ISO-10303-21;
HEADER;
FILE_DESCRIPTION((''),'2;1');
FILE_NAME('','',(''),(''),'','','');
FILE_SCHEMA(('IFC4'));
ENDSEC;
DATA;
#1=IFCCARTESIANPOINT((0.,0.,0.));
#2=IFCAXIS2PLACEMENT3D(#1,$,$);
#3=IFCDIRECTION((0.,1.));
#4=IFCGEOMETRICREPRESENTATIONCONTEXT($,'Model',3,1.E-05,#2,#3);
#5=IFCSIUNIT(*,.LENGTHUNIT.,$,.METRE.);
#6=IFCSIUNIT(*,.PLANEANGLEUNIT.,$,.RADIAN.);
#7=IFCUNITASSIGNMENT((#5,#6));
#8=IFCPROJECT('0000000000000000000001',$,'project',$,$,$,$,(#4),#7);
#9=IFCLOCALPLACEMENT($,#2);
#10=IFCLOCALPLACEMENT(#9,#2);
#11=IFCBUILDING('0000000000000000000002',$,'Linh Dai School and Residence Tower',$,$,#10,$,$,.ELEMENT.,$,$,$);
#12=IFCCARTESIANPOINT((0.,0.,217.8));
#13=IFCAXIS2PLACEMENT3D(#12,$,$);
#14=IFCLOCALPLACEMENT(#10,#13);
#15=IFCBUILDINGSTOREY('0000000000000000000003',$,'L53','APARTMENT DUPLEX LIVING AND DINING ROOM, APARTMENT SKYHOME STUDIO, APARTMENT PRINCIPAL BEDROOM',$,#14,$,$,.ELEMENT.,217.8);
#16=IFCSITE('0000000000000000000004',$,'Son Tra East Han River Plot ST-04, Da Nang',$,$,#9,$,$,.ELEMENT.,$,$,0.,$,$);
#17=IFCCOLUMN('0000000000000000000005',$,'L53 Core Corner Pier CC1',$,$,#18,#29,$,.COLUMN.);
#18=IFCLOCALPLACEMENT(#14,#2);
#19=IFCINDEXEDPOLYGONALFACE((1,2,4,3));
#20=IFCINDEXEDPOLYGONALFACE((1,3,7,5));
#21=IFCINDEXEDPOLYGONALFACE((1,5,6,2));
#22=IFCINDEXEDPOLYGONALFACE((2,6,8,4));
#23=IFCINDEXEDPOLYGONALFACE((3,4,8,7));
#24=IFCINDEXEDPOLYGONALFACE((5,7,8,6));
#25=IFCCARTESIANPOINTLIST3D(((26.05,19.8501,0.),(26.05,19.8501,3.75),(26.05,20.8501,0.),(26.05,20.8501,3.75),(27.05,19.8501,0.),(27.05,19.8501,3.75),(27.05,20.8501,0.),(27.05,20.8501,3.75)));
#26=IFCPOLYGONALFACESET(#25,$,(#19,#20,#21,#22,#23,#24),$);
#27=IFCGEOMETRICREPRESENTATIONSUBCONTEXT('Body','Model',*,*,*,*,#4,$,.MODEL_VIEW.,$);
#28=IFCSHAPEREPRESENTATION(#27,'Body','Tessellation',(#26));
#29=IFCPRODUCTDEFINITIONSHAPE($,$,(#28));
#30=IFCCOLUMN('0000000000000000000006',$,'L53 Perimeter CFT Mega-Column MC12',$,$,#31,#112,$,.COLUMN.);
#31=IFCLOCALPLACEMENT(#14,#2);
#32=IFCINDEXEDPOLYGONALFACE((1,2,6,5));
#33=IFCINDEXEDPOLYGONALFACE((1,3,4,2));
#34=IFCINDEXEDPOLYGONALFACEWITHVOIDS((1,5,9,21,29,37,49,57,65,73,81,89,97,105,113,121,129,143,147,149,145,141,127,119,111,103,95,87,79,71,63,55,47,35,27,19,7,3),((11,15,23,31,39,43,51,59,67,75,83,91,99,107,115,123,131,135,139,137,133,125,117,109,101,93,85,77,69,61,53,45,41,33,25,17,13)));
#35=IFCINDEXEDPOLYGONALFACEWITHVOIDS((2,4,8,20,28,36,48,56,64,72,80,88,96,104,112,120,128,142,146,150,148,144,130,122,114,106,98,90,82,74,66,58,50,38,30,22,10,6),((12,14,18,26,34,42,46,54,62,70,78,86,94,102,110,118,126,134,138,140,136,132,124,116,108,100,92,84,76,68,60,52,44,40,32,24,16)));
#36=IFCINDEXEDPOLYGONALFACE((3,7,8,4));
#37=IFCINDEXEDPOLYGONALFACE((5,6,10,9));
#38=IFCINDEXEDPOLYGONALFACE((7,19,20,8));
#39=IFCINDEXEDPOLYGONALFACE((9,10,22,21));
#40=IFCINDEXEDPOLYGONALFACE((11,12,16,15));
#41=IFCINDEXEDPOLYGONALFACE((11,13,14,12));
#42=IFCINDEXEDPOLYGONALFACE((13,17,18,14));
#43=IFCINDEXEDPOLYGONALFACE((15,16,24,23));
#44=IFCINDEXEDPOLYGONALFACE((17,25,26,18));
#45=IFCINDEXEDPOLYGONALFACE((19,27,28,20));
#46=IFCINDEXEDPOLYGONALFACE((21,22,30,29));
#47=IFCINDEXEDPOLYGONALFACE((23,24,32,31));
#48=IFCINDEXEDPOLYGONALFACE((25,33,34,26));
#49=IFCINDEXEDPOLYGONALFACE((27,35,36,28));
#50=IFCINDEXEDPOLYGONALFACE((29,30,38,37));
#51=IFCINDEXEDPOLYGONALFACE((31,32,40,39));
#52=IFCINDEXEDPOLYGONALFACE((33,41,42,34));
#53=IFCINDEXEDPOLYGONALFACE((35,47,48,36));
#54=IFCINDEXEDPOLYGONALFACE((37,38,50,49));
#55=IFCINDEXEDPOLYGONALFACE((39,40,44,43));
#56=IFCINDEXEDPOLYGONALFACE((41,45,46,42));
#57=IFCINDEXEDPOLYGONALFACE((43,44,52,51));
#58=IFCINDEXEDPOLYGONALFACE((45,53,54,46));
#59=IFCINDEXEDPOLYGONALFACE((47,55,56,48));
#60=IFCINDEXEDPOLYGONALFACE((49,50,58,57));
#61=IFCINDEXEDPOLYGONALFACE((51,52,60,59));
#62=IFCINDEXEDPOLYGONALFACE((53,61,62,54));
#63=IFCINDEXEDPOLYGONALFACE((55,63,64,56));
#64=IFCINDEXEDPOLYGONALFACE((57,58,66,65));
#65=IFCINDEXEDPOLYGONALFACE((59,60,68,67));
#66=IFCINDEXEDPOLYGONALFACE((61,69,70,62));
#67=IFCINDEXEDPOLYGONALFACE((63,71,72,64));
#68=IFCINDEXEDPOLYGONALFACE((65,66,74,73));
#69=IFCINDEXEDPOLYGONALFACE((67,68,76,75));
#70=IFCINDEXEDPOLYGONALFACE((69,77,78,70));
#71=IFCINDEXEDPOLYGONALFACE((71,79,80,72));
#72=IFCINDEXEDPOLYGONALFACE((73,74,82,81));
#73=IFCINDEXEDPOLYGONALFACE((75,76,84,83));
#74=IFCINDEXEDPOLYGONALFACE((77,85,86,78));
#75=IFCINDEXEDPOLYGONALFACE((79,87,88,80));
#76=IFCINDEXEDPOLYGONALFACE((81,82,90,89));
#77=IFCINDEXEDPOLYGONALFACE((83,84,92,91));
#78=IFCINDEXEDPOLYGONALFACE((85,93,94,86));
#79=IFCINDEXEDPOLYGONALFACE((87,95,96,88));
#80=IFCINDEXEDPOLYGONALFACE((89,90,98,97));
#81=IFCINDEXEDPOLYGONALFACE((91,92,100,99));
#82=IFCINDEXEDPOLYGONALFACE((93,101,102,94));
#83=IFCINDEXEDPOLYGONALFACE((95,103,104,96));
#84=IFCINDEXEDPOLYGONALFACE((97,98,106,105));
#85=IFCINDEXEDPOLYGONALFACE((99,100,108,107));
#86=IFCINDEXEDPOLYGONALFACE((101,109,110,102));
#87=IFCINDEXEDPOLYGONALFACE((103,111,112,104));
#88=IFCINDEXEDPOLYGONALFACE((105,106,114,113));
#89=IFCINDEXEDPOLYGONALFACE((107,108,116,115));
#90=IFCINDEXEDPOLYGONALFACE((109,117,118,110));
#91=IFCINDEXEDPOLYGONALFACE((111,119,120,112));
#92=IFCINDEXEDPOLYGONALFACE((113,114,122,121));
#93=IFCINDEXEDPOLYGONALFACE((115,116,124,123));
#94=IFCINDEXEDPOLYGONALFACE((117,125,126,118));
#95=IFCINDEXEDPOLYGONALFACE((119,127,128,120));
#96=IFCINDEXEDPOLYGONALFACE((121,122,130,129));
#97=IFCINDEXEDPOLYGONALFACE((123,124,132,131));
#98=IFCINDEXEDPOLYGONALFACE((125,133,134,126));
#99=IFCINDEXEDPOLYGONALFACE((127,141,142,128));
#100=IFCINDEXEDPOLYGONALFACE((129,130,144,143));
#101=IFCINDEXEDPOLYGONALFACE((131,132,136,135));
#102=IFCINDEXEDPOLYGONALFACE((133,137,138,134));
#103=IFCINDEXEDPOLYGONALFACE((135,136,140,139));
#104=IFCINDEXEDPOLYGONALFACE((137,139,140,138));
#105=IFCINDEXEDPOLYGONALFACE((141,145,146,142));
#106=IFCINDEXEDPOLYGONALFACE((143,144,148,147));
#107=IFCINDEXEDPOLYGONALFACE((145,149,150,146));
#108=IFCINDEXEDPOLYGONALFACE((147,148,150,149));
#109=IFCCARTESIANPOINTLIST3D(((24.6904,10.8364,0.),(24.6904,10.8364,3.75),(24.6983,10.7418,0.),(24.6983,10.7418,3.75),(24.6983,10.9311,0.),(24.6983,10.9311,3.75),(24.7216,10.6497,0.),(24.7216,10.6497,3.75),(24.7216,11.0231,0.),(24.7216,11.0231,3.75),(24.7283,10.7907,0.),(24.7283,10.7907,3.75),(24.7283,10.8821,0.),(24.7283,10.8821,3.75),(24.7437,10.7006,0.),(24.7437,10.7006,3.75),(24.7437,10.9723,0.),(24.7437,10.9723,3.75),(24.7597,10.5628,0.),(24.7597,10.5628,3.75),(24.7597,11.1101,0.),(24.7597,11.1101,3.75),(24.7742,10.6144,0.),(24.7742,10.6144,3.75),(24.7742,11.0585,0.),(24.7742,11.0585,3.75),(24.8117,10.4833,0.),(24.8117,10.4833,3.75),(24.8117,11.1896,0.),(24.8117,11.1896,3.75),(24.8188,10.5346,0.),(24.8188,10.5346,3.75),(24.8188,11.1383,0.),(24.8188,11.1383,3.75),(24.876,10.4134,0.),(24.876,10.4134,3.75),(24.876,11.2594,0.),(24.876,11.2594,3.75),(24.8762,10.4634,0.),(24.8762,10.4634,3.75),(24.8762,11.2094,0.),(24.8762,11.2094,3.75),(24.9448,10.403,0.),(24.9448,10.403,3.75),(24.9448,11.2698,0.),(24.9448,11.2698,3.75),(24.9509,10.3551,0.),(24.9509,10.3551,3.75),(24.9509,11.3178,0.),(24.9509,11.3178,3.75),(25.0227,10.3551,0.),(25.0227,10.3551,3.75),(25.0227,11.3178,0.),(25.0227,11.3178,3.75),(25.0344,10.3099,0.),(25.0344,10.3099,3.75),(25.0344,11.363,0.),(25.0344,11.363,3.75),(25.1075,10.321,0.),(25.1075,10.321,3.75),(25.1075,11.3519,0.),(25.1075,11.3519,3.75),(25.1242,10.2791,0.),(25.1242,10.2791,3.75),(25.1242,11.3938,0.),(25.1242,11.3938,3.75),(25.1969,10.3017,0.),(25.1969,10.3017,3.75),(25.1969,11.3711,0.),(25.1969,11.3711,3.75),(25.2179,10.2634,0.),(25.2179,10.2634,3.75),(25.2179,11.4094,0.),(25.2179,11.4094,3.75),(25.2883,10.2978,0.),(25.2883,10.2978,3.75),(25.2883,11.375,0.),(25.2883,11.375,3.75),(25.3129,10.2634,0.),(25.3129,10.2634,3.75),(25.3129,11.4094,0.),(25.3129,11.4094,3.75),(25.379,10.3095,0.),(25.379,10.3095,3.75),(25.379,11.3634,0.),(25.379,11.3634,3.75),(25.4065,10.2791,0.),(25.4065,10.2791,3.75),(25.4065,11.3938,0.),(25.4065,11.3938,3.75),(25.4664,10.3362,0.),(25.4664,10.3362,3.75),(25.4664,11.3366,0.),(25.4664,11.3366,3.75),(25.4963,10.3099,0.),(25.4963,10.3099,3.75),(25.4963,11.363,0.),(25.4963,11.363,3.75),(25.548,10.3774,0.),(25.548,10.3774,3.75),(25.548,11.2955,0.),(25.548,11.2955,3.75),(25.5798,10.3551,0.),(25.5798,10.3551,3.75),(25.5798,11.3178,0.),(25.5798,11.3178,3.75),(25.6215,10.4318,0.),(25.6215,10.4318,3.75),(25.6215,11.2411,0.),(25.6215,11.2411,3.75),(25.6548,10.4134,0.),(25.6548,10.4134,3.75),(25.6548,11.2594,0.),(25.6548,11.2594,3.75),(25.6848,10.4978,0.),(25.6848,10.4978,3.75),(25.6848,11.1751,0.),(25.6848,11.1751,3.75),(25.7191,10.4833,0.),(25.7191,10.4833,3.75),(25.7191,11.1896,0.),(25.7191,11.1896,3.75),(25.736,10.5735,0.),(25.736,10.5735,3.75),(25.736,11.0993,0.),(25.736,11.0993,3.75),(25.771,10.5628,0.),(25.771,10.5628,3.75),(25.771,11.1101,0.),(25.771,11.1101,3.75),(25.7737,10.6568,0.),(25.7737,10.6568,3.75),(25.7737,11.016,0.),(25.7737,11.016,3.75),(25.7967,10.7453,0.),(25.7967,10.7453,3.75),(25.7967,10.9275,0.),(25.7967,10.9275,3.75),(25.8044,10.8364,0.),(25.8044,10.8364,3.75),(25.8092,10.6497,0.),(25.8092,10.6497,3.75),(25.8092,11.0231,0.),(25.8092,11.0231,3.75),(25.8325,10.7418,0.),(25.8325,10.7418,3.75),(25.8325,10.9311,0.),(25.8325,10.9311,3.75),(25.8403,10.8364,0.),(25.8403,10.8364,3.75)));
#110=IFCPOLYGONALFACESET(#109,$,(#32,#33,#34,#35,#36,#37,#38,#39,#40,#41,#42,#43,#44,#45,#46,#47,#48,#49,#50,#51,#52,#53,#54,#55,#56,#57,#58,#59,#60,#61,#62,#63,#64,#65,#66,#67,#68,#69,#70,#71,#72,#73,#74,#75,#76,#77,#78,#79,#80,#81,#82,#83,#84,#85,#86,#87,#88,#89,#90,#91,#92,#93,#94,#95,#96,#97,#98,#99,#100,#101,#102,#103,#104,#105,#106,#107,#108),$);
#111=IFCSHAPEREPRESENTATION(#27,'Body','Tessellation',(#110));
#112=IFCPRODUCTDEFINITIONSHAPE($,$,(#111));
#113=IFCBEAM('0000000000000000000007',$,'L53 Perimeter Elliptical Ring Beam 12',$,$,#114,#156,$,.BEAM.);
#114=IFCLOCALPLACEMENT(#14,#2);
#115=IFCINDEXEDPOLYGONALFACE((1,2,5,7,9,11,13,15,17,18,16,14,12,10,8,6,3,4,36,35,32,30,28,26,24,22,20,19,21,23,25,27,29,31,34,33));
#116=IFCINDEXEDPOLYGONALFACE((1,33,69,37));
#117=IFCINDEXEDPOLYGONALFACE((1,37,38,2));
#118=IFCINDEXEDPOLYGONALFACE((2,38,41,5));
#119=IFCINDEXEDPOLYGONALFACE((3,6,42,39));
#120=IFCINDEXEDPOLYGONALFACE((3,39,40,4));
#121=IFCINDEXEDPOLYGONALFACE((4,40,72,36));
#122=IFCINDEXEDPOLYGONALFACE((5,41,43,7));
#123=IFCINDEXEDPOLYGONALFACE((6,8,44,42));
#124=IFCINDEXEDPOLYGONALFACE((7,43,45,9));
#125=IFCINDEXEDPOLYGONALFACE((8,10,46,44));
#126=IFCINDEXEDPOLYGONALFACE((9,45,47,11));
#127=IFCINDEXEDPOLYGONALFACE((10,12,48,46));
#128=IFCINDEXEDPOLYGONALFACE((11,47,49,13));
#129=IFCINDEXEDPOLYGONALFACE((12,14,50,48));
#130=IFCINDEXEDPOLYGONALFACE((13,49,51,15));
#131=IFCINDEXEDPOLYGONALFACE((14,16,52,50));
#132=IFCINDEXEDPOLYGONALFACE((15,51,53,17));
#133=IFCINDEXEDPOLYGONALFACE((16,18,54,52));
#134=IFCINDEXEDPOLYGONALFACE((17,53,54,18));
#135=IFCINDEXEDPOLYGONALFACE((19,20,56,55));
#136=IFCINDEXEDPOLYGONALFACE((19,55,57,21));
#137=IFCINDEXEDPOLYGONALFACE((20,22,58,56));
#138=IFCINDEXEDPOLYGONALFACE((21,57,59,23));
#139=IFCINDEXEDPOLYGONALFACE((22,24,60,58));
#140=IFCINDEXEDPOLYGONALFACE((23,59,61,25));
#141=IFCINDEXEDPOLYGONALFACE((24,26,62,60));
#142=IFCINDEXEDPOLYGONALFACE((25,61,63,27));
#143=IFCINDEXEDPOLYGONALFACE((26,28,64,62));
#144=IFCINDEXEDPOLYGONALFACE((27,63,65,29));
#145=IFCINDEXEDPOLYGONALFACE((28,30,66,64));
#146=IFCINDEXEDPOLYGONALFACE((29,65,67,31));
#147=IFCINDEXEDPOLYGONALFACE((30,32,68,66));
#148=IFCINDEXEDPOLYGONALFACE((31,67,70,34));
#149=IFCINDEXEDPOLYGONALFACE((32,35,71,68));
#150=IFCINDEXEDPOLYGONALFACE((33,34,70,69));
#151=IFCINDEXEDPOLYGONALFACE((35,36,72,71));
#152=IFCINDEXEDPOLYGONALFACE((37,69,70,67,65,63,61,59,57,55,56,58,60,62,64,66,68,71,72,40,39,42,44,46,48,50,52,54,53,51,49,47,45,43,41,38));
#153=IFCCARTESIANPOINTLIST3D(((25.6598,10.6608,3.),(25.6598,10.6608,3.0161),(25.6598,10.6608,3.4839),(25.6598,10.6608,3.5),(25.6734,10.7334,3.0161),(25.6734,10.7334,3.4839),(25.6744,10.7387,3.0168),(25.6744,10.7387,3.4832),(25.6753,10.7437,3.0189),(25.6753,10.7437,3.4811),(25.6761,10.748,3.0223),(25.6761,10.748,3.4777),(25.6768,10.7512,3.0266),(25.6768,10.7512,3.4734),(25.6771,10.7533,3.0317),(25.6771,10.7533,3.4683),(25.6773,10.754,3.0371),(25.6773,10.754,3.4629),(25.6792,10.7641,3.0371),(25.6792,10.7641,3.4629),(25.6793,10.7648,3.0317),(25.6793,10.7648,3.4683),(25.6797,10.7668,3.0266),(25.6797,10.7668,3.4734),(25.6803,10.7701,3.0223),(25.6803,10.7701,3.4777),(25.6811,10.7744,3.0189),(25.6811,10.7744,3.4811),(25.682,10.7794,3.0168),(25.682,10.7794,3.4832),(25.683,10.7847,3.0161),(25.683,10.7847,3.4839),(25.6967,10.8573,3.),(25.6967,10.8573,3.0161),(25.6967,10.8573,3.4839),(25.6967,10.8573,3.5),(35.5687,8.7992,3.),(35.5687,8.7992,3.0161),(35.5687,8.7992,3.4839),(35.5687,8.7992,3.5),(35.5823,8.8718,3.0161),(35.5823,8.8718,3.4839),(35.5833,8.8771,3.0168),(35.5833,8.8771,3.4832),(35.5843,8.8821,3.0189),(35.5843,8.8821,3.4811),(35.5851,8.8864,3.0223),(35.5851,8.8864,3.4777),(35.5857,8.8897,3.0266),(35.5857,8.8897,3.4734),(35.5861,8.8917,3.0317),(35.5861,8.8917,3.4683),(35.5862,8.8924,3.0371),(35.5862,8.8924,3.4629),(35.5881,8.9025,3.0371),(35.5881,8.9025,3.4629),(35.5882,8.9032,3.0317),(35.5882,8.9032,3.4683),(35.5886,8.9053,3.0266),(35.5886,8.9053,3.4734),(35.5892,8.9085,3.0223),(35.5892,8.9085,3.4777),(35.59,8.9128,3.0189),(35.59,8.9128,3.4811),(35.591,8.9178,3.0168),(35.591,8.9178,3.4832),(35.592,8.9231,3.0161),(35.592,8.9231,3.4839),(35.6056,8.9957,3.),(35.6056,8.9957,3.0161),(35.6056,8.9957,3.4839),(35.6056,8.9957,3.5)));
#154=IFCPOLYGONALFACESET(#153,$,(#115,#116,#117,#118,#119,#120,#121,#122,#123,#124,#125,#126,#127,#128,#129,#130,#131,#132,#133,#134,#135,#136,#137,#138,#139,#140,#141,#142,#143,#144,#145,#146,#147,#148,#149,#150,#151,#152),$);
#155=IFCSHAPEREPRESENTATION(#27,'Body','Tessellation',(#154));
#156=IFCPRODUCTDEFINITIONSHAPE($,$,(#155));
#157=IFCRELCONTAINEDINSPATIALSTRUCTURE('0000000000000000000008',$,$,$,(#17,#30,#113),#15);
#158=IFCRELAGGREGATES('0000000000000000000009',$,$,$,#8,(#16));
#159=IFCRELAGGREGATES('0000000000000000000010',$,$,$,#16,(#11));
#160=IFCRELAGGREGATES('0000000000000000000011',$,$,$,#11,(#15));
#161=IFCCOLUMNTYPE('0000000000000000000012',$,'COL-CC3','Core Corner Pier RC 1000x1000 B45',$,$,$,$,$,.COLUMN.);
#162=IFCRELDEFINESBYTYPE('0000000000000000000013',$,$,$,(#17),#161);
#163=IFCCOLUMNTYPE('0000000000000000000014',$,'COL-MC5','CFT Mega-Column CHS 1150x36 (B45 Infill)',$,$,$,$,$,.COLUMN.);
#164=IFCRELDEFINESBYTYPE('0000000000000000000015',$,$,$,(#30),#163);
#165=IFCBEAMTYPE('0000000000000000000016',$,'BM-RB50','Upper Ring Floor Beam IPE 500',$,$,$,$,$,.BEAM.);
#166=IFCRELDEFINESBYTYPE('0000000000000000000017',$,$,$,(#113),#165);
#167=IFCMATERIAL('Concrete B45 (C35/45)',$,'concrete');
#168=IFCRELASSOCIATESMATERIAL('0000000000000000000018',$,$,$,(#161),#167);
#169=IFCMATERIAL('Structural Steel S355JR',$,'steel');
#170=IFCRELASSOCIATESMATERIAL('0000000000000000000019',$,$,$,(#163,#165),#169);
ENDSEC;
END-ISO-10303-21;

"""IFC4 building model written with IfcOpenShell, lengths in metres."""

from ifc_helpers import new_model, si_unit, direction, frame, origin, origin_2d, place, context, subcontext, project, spatial, rectangle, hollow_circle, i_section, extrude, material, material_profile, profile_set, type_object, element, save


model = new_model("IFC4")

# Units and contexts
model_context = context("Model", 3, precision=1e-05, world=origin(), true_north=direction((0.0, 1.0)))
body_context = subcontext(model_context, "Body", "Model", "MODEL_VIEW")
ifc_project = project(units=[si_unit("LENGTHUNIT", "METRE"), si_unit("PLANEANGLEUNIT", "RADIAN")], contexts=[model_context])

# Site, building, storey
site_placement = place(None, origin())
site = spatial("IfcSite", under=ifc_project, at=site_placement, Name="Son Tra East Han River Plot ST-04, Da Nang", CompositionType="ELEMENT", RefElevation=0.0)
building_placement = place(site_placement, origin())
building = spatial("IfcBuilding", under=site, at=building_placement, Name="Linh Dai School and Residence Tower", CompositionType="ELEMENT")
storey_placement = place(building_placement, frame((0.0, 0.0, 217.8)))
storey = spatial("IfcBuildingStorey", under=building, at=storey_placement, Name="L53", Description="APARTMENT DUPLEX LIVING AND DINING ROOM, APARTMENT SKYHOME STUDIO, APARTMENT PRINCIPAL BEDROOM", CompositionType="ELEMENT", Elevation=217.8)

# Columns
ifc_material_1 = material(Name="Concrete B45 (C35/45)", Category="concrete")
ifc_material_profile_1 = material_profile(ifc_material_1, rectangle(XDim=1.0, YDim=1.0, at=origin_2d()), Name="RC 1000x1000")
ifc_profile_set_1 = profile_set([ifc_material_profile_1], Name="Concrete B45 (C35/45)")
column_type_1 = type_object("IfcColumnType", Name="COL-CC3", Description="Core Corner Pier RC 1000x1000 B45", PredefinedType="COLUMN", material=ifc_profile_set_1)
column_1_placement = place(storey_placement, frame((26.55, 20.3501, 0.0), z_axis=(0.0, 0.0, 1.0), x_axis=(1.0, 0.0, 0.0)))
element("IfcColumn", 1, at=column_1_placement, inside=storey, type_object=column_type_1, Name="L53 Core Corner Pier CC1", PredefinedType="COLUMN", context=body_context, shape_type="SweptSolid", body=[
    extrude(rectangle(XDim=1.0, YDim=1.0, at=origin_2d()), origin(), (0.0, 0.0, 1.0), 3.75),
])
ifc_material_2 = material(Name="Structural Steel S355JR", Category="steel")
ifc_material_profile_2 = material_profile(ifc_material_2, hollow_circle(Radius=0.575, WallThickness=0.0359, at=origin_2d()), Name="CHS 1150x36")
ifc_profile_set_2 = profile_set([ifc_material_profile_2], Name="Structural Steel S355JR")
column_type_2 = type_object("IfcColumnType", Name="COL-MC5", Description="CFT Mega-Column CHS 1150x36 (B45 Infill)", PredefinedType="COLUMN", material=ifc_profile_set_2)
column_2_placement = place(storey_placement, frame((25.2654, 10.8364, 0.0), z_axis=(0.0, 0.0, 1.0), x_axis=(1.0, 0.0, 0.0)))
element("IfcColumn", 2, at=column_2_placement, inside=storey, type_object=column_type_2, Name="L53 Perimeter CFT Mega-Column MC12", PredefinedType="COLUMN", context=body_context, shape_type="SweptSolid", body=[
    extrude(hollow_circle(Radius=0.575, WallThickness=0.0359, at=origin_2d()), origin(), (0.0, 0.0, 1.0), 3.75),
])

# Beam
ifc_material_profile_3 = material_profile(ifc_material_2, i_section(OverallWidth=0.2, OverallDepth=0.5, WebThickness=0.0103, FlangeThickness=0.0161, FilletRadius=0.021, at=origin_2d()), Name="IPE 500")
ifc_profile_set_3 = profile_set([ifc_material_profile_3], Name="Structural Steel S355JR")
beam_type_1 = type_object("IfcBeamType", Name="BM-RB50", Description="Upper Ring Floor Beam IPE 500", PredefinedType="BEAM", material=ifc_profile_set_3)
beam_1_placement = place(storey_placement, frame((25.6782, 10.759, 3.25), z_axis=(0.982807, -0.184638, 0.0), x_axis=(0.184638, 0.982807, 0.0)))
element("IfcBeam", 3, at=beam_1_placement, inside=storey, type_object=beam_type_1, Name="L53 Perimeter Elliptical Ring Beam 12", PredefinedType="BEAM", context=body_context, shape_type="SweptSolid", body=[
    extrude(i_section(OverallWidth=0.2, OverallDepth=0.5, WebThickness=0.0103, FlangeThickness=0.0161, FilletRadius=0.021, at=origin_2d()), origin(), (0.0, 0.0, 1.0), 10.0823),
])

save(model, "model.ifc")
